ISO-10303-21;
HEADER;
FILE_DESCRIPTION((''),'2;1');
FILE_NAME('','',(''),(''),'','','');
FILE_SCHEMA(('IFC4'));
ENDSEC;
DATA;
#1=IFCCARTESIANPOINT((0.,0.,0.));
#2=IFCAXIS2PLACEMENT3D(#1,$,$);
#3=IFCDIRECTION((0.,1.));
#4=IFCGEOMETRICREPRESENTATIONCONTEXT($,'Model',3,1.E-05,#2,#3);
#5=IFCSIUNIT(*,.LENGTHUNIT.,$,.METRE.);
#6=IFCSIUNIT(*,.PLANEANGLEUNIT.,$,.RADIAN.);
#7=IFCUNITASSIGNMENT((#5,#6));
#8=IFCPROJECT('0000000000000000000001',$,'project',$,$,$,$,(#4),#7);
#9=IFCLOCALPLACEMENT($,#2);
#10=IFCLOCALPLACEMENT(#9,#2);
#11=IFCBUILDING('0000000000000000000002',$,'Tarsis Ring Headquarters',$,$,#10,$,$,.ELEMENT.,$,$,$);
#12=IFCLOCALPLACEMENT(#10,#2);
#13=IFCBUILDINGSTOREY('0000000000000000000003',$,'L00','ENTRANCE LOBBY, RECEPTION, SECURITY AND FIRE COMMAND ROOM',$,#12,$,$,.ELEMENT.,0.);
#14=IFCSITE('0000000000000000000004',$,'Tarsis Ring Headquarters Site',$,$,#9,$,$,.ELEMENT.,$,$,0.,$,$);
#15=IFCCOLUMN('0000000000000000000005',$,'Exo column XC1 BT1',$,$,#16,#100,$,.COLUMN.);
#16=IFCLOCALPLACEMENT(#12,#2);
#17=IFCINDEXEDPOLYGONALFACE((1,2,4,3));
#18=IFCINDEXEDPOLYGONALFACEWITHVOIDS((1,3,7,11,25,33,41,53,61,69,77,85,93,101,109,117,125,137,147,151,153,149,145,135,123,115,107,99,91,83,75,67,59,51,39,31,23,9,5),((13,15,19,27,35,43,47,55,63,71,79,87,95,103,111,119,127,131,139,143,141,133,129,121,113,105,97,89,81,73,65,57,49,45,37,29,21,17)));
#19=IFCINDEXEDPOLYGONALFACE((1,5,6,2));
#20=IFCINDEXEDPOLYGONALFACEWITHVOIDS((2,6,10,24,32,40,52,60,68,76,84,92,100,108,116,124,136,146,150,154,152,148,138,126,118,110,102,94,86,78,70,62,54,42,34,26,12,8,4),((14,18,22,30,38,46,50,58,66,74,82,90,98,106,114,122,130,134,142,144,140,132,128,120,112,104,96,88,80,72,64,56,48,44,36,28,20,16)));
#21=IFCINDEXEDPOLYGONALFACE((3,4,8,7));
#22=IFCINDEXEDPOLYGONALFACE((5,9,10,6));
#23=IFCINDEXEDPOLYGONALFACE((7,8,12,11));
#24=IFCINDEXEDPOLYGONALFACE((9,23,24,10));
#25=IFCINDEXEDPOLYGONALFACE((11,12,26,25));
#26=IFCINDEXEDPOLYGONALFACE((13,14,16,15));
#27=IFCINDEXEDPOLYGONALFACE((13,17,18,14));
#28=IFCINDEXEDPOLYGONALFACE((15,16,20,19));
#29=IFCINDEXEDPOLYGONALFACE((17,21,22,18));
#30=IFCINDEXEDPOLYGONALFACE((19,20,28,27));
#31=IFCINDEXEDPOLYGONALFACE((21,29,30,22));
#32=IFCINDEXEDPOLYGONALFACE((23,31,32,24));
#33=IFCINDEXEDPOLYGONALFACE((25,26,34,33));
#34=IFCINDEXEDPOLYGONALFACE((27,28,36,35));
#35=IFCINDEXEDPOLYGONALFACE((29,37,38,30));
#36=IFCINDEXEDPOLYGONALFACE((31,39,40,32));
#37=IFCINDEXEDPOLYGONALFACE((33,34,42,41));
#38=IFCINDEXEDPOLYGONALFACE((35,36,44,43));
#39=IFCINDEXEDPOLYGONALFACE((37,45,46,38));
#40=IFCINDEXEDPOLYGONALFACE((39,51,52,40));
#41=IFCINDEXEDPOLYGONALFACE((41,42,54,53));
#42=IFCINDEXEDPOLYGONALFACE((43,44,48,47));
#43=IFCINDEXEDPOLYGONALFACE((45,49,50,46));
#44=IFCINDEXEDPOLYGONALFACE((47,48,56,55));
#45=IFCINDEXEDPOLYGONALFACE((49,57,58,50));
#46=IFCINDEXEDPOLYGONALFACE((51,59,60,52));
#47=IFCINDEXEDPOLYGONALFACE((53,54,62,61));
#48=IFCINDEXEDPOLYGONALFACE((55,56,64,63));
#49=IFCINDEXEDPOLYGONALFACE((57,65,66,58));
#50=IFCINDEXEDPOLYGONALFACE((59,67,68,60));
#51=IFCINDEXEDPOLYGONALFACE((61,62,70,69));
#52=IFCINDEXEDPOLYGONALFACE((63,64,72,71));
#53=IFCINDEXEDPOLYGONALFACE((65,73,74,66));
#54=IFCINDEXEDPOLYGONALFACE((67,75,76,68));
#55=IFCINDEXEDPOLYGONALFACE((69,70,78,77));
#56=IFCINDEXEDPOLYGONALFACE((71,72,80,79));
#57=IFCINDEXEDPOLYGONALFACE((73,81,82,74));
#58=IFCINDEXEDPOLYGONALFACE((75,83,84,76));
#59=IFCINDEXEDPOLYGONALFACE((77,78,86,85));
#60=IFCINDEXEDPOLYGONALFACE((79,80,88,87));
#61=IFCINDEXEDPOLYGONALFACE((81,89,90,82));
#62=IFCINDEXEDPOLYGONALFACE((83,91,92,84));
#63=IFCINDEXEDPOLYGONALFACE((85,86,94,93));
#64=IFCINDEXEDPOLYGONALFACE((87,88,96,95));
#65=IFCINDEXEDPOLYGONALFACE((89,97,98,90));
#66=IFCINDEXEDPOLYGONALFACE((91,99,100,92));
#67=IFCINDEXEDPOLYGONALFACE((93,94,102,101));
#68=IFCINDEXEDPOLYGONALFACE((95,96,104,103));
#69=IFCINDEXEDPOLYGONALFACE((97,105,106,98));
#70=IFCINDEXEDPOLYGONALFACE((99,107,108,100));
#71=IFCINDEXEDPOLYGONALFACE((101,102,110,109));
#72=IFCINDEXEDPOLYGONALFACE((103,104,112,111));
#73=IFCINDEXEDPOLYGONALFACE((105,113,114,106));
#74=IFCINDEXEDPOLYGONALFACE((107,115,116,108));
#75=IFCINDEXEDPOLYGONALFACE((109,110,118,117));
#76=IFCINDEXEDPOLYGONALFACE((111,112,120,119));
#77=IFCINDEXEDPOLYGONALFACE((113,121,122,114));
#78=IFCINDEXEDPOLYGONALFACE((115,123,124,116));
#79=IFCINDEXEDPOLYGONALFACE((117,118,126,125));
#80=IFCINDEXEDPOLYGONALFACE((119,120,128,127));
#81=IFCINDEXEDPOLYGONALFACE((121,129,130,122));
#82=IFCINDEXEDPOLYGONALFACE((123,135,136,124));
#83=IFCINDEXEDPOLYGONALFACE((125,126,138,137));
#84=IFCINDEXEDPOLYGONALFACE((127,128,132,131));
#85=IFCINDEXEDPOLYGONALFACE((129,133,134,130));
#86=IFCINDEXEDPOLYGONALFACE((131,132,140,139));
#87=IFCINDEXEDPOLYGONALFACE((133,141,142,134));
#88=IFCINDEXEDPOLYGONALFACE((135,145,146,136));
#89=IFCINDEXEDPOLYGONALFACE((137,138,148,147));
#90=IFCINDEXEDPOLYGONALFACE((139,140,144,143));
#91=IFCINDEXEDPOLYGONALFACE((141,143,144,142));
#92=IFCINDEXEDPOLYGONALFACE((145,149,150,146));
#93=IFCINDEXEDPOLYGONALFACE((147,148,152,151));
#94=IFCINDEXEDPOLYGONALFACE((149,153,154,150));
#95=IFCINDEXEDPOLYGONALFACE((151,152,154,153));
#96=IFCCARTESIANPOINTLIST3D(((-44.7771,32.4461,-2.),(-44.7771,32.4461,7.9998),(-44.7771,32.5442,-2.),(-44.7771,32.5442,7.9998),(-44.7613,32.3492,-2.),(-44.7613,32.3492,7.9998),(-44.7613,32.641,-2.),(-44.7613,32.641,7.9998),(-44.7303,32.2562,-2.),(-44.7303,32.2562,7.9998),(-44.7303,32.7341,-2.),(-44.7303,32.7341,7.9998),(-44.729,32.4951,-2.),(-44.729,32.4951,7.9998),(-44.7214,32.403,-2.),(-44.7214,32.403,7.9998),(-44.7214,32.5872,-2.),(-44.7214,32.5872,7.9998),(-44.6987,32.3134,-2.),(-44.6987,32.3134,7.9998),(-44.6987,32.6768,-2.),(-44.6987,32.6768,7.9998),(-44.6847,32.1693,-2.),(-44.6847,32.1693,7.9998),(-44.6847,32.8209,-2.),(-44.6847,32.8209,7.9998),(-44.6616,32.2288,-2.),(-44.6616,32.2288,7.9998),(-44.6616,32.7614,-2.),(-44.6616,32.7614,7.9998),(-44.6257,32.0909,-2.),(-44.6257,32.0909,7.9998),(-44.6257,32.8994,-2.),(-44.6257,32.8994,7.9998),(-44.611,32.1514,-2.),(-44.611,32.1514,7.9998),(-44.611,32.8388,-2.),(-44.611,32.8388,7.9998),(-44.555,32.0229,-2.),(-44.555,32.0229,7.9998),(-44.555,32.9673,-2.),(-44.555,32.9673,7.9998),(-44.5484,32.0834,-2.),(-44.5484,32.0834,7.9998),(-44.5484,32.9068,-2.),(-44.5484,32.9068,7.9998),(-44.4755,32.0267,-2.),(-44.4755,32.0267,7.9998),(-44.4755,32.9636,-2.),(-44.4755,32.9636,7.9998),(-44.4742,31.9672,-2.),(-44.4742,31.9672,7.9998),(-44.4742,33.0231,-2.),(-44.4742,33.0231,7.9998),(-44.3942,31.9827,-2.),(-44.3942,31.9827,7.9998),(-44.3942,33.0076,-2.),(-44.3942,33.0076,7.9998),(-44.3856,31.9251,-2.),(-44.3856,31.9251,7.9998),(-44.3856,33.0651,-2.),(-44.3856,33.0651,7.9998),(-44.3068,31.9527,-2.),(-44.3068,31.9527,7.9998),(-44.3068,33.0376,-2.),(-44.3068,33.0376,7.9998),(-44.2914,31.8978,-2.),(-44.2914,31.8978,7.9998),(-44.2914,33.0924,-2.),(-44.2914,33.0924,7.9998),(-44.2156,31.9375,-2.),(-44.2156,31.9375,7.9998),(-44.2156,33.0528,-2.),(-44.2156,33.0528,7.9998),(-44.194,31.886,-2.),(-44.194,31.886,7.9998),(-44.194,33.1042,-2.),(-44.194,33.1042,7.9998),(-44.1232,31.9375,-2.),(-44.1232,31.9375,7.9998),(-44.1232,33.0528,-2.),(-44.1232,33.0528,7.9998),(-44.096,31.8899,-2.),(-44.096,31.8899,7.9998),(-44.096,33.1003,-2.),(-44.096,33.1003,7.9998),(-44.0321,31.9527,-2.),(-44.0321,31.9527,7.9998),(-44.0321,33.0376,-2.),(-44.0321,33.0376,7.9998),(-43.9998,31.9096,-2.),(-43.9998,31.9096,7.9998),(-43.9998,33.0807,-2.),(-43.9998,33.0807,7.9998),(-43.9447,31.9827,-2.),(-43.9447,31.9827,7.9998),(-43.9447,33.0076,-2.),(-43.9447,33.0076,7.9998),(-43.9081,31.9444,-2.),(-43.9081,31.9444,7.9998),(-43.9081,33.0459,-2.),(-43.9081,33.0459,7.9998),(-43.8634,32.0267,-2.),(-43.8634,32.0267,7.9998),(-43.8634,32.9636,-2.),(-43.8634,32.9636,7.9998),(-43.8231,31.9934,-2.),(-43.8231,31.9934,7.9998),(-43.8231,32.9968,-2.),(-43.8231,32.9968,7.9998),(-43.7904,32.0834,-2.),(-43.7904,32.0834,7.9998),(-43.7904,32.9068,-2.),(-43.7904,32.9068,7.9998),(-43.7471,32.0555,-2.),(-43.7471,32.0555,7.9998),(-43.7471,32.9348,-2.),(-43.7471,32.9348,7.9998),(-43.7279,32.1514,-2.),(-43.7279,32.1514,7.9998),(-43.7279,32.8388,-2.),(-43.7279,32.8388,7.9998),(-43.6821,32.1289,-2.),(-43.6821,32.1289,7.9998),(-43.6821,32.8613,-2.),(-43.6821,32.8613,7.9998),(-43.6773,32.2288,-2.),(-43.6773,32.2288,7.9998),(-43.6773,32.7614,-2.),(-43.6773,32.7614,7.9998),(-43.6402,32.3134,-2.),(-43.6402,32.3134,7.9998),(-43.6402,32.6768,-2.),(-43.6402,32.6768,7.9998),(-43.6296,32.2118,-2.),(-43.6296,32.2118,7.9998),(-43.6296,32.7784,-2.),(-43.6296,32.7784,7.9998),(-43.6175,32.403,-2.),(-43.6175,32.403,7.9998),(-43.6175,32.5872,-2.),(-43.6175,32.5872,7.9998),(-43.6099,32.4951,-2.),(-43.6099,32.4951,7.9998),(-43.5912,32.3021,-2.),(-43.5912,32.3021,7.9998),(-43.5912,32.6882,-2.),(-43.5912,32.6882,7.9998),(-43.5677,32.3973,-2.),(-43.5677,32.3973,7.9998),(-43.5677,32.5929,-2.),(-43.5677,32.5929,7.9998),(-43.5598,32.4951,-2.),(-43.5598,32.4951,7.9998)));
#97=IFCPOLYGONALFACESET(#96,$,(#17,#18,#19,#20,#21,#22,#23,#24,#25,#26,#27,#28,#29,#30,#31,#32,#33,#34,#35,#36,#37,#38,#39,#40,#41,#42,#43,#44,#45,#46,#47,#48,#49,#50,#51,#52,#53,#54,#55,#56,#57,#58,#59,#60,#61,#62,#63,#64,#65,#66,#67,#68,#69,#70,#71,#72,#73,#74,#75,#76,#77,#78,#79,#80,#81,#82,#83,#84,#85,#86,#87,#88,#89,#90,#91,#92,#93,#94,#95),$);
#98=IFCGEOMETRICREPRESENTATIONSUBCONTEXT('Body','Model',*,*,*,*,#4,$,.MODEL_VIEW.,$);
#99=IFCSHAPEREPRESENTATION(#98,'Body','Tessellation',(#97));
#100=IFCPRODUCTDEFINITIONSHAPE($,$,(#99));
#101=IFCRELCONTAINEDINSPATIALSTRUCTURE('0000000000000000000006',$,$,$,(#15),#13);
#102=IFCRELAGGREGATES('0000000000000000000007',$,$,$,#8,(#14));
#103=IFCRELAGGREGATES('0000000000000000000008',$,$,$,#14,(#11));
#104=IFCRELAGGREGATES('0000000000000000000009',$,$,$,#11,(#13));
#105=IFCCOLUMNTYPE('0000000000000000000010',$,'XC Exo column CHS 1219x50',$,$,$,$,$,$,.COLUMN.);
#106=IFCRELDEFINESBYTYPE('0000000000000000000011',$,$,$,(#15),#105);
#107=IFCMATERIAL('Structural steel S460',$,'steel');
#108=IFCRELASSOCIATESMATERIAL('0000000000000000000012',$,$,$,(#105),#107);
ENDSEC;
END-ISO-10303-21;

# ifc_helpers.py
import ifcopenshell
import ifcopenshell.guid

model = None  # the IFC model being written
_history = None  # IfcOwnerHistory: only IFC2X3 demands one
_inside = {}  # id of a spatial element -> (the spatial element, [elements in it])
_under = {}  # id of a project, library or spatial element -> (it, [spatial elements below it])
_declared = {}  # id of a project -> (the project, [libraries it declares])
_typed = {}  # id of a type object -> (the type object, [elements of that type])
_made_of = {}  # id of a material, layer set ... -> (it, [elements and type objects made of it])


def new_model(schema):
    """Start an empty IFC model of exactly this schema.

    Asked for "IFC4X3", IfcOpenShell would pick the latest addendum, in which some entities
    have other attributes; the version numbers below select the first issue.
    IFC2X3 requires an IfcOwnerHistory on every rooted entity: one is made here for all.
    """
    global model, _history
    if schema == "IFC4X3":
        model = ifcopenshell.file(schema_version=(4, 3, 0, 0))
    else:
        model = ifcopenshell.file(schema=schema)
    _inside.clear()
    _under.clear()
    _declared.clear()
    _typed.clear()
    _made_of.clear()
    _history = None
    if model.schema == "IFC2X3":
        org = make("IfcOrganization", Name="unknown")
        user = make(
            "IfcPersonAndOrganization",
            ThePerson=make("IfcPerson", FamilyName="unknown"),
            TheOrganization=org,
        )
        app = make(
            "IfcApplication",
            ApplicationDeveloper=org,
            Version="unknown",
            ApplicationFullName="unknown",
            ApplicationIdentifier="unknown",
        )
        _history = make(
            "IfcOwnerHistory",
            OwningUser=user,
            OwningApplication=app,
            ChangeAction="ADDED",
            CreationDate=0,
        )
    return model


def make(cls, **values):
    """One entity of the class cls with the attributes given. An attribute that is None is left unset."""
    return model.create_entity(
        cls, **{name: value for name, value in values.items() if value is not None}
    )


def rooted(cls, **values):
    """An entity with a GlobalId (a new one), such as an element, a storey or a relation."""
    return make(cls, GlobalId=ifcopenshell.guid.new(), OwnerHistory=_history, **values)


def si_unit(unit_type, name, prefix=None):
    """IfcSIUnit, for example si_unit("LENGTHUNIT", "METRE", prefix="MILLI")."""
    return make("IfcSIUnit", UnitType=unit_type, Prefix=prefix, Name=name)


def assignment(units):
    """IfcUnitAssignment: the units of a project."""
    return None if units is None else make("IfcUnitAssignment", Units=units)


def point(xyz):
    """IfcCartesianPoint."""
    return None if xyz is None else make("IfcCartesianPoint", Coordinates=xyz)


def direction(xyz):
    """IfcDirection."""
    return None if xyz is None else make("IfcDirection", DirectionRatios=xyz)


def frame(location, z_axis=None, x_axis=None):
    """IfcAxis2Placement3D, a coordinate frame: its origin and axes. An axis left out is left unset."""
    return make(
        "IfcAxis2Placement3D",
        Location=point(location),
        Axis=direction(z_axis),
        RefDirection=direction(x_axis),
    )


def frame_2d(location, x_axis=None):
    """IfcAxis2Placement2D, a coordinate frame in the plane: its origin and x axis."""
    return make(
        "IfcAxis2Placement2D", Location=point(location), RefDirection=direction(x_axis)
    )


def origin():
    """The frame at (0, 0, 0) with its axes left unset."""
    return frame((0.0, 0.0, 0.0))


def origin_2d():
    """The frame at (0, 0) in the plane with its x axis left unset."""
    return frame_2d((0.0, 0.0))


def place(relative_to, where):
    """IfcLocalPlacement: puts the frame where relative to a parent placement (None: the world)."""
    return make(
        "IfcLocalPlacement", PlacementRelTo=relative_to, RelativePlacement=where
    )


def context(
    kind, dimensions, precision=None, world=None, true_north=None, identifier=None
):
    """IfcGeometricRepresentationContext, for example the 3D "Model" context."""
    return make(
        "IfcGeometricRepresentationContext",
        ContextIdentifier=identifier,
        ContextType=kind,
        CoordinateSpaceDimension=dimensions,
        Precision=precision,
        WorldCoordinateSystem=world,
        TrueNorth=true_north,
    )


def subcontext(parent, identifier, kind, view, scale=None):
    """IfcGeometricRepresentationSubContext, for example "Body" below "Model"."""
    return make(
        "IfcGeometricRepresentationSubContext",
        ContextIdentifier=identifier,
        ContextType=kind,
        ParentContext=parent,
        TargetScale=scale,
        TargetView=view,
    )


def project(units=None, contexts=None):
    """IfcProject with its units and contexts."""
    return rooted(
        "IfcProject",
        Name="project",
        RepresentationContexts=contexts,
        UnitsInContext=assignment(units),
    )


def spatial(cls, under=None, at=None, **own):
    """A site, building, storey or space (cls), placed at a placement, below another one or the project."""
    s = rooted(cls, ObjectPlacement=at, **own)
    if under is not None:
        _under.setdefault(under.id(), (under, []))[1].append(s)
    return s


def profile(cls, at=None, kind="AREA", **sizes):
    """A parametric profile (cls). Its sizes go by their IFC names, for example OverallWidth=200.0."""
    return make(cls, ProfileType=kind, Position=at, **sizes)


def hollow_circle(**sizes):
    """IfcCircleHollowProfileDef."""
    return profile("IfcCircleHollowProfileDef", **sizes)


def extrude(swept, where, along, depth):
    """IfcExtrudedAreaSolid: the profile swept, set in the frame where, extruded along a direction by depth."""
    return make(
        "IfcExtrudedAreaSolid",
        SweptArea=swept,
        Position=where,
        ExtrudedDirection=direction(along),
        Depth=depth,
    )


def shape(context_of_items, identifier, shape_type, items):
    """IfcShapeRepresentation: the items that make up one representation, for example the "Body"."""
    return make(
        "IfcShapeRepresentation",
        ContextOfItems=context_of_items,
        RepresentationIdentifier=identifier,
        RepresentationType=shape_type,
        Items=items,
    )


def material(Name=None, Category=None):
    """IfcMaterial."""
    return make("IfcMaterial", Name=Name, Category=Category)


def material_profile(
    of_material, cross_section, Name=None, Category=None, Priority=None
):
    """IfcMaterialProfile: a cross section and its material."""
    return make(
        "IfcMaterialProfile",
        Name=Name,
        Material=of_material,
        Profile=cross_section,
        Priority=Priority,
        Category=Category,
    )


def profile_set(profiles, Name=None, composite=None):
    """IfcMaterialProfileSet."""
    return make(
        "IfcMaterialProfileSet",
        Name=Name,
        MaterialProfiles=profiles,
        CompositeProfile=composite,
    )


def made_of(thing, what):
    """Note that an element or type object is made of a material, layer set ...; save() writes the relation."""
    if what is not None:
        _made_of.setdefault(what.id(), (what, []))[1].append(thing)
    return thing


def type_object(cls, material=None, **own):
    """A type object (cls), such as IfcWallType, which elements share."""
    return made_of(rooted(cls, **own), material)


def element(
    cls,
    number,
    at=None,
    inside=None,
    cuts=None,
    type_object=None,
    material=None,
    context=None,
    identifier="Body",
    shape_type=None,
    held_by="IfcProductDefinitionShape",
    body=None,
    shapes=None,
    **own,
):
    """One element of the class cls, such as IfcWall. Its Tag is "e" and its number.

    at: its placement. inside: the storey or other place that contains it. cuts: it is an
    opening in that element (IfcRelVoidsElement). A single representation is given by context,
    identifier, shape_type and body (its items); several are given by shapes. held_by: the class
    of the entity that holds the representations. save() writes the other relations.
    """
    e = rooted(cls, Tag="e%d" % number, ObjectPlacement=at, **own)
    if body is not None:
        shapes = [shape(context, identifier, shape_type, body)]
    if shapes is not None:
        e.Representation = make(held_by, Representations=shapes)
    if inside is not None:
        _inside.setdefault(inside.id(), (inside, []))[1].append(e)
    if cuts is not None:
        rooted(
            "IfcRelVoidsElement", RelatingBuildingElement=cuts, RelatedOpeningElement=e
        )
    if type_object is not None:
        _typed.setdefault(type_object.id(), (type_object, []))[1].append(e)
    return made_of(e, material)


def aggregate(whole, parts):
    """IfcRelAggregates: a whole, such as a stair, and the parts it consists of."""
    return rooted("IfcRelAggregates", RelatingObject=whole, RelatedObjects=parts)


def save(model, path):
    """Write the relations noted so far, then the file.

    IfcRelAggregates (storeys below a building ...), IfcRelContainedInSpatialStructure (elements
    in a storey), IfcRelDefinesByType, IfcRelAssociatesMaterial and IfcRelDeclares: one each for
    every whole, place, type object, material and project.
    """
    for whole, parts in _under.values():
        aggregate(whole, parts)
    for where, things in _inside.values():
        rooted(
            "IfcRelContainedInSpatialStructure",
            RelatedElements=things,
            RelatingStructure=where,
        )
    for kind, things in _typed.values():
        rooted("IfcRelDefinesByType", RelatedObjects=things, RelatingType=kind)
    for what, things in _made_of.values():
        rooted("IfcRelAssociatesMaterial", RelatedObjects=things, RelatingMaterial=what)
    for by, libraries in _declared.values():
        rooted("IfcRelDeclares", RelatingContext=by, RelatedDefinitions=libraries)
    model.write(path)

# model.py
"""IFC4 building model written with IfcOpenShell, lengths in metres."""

from ifc_helpers import new_model, si_unit, direction, frame, origin, origin_2d, place, context, subcontext, project, spatial, hollow_circle, extrude, material, material_profile, profile_set, type_object, element, save


model = new_model("IFC4")

# Units and contexts
model_context = context("Model", 3, precision=1e-05, world=origin(), true_north=direction((0.0, 1.0)))
body_context = subcontext(model_context, "Body", "Model", "MODEL_VIEW")
ifc_project = project(units=[si_unit("LENGTHUNIT", "METRE"), si_unit("PLANEANGLEUNIT", "RADIAN")], contexts=[model_context])

# Site, building, storey
site_placement = place(None, origin())
site = spatial("IfcSite", under=ifc_project, at=site_placement, Name="Tarsis Ring Headquarters Site", CompositionType="ELEMENT", RefElevation=0.0)
building_placement = place(site_placement, origin())
building = spatial("IfcBuilding", under=site, at=building_placement, Name="Tarsis Ring Headquarters", CompositionType="ELEMENT")
storey_placement = place(building_placement, origin())
storey = spatial("IfcBuildingStorey", under=building, at=storey_placement, Name="L00", Description="ENTRANCE LOBBY, RECEPTION, SECURITY AND FIRE COMMAND ROOM", CompositionType="ELEMENT", Elevation=0.0)

# Column
ifc_material_1 = material(Name="Structural steel S460", Category="steel")
ifc_material_profile_1 = material_profile(ifc_material_1, hollow_circle(Radius=0.6096, WallThickness=0.05, at=origin_2d()), Name="CHS 1219x50")
ifc_profile_set_1 = profile_set([ifc_material_profile_1], Name="Structural steel S460")
column_type_1 = type_object("IfcColumnType", Name="XC Exo column CHS 1219x50", PredefinedType="COLUMN", material=ifc_profile_set_1)
column_placement = place(storey_placement, frame((-44.1694, 32.4951, -2.0), z_axis=(0.0, 0.0, 1.0), x_axis=(1.0, 0.0, 0.0)))
element("IfcColumn", 1, at=column_placement, inside=storey, type_object=column_type_1, Name="Exo column XC1 BT1", PredefinedType="COLUMN", context=body_context, shape_type="SweptSolid", body=[
    extrude(hollow_circle(Radius=0.6096, WallThickness=0.05, at=origin_2d()), origin(), (0.0, 0.0, 1.0), 9.9998),
])

save(model, "model.ifc")
